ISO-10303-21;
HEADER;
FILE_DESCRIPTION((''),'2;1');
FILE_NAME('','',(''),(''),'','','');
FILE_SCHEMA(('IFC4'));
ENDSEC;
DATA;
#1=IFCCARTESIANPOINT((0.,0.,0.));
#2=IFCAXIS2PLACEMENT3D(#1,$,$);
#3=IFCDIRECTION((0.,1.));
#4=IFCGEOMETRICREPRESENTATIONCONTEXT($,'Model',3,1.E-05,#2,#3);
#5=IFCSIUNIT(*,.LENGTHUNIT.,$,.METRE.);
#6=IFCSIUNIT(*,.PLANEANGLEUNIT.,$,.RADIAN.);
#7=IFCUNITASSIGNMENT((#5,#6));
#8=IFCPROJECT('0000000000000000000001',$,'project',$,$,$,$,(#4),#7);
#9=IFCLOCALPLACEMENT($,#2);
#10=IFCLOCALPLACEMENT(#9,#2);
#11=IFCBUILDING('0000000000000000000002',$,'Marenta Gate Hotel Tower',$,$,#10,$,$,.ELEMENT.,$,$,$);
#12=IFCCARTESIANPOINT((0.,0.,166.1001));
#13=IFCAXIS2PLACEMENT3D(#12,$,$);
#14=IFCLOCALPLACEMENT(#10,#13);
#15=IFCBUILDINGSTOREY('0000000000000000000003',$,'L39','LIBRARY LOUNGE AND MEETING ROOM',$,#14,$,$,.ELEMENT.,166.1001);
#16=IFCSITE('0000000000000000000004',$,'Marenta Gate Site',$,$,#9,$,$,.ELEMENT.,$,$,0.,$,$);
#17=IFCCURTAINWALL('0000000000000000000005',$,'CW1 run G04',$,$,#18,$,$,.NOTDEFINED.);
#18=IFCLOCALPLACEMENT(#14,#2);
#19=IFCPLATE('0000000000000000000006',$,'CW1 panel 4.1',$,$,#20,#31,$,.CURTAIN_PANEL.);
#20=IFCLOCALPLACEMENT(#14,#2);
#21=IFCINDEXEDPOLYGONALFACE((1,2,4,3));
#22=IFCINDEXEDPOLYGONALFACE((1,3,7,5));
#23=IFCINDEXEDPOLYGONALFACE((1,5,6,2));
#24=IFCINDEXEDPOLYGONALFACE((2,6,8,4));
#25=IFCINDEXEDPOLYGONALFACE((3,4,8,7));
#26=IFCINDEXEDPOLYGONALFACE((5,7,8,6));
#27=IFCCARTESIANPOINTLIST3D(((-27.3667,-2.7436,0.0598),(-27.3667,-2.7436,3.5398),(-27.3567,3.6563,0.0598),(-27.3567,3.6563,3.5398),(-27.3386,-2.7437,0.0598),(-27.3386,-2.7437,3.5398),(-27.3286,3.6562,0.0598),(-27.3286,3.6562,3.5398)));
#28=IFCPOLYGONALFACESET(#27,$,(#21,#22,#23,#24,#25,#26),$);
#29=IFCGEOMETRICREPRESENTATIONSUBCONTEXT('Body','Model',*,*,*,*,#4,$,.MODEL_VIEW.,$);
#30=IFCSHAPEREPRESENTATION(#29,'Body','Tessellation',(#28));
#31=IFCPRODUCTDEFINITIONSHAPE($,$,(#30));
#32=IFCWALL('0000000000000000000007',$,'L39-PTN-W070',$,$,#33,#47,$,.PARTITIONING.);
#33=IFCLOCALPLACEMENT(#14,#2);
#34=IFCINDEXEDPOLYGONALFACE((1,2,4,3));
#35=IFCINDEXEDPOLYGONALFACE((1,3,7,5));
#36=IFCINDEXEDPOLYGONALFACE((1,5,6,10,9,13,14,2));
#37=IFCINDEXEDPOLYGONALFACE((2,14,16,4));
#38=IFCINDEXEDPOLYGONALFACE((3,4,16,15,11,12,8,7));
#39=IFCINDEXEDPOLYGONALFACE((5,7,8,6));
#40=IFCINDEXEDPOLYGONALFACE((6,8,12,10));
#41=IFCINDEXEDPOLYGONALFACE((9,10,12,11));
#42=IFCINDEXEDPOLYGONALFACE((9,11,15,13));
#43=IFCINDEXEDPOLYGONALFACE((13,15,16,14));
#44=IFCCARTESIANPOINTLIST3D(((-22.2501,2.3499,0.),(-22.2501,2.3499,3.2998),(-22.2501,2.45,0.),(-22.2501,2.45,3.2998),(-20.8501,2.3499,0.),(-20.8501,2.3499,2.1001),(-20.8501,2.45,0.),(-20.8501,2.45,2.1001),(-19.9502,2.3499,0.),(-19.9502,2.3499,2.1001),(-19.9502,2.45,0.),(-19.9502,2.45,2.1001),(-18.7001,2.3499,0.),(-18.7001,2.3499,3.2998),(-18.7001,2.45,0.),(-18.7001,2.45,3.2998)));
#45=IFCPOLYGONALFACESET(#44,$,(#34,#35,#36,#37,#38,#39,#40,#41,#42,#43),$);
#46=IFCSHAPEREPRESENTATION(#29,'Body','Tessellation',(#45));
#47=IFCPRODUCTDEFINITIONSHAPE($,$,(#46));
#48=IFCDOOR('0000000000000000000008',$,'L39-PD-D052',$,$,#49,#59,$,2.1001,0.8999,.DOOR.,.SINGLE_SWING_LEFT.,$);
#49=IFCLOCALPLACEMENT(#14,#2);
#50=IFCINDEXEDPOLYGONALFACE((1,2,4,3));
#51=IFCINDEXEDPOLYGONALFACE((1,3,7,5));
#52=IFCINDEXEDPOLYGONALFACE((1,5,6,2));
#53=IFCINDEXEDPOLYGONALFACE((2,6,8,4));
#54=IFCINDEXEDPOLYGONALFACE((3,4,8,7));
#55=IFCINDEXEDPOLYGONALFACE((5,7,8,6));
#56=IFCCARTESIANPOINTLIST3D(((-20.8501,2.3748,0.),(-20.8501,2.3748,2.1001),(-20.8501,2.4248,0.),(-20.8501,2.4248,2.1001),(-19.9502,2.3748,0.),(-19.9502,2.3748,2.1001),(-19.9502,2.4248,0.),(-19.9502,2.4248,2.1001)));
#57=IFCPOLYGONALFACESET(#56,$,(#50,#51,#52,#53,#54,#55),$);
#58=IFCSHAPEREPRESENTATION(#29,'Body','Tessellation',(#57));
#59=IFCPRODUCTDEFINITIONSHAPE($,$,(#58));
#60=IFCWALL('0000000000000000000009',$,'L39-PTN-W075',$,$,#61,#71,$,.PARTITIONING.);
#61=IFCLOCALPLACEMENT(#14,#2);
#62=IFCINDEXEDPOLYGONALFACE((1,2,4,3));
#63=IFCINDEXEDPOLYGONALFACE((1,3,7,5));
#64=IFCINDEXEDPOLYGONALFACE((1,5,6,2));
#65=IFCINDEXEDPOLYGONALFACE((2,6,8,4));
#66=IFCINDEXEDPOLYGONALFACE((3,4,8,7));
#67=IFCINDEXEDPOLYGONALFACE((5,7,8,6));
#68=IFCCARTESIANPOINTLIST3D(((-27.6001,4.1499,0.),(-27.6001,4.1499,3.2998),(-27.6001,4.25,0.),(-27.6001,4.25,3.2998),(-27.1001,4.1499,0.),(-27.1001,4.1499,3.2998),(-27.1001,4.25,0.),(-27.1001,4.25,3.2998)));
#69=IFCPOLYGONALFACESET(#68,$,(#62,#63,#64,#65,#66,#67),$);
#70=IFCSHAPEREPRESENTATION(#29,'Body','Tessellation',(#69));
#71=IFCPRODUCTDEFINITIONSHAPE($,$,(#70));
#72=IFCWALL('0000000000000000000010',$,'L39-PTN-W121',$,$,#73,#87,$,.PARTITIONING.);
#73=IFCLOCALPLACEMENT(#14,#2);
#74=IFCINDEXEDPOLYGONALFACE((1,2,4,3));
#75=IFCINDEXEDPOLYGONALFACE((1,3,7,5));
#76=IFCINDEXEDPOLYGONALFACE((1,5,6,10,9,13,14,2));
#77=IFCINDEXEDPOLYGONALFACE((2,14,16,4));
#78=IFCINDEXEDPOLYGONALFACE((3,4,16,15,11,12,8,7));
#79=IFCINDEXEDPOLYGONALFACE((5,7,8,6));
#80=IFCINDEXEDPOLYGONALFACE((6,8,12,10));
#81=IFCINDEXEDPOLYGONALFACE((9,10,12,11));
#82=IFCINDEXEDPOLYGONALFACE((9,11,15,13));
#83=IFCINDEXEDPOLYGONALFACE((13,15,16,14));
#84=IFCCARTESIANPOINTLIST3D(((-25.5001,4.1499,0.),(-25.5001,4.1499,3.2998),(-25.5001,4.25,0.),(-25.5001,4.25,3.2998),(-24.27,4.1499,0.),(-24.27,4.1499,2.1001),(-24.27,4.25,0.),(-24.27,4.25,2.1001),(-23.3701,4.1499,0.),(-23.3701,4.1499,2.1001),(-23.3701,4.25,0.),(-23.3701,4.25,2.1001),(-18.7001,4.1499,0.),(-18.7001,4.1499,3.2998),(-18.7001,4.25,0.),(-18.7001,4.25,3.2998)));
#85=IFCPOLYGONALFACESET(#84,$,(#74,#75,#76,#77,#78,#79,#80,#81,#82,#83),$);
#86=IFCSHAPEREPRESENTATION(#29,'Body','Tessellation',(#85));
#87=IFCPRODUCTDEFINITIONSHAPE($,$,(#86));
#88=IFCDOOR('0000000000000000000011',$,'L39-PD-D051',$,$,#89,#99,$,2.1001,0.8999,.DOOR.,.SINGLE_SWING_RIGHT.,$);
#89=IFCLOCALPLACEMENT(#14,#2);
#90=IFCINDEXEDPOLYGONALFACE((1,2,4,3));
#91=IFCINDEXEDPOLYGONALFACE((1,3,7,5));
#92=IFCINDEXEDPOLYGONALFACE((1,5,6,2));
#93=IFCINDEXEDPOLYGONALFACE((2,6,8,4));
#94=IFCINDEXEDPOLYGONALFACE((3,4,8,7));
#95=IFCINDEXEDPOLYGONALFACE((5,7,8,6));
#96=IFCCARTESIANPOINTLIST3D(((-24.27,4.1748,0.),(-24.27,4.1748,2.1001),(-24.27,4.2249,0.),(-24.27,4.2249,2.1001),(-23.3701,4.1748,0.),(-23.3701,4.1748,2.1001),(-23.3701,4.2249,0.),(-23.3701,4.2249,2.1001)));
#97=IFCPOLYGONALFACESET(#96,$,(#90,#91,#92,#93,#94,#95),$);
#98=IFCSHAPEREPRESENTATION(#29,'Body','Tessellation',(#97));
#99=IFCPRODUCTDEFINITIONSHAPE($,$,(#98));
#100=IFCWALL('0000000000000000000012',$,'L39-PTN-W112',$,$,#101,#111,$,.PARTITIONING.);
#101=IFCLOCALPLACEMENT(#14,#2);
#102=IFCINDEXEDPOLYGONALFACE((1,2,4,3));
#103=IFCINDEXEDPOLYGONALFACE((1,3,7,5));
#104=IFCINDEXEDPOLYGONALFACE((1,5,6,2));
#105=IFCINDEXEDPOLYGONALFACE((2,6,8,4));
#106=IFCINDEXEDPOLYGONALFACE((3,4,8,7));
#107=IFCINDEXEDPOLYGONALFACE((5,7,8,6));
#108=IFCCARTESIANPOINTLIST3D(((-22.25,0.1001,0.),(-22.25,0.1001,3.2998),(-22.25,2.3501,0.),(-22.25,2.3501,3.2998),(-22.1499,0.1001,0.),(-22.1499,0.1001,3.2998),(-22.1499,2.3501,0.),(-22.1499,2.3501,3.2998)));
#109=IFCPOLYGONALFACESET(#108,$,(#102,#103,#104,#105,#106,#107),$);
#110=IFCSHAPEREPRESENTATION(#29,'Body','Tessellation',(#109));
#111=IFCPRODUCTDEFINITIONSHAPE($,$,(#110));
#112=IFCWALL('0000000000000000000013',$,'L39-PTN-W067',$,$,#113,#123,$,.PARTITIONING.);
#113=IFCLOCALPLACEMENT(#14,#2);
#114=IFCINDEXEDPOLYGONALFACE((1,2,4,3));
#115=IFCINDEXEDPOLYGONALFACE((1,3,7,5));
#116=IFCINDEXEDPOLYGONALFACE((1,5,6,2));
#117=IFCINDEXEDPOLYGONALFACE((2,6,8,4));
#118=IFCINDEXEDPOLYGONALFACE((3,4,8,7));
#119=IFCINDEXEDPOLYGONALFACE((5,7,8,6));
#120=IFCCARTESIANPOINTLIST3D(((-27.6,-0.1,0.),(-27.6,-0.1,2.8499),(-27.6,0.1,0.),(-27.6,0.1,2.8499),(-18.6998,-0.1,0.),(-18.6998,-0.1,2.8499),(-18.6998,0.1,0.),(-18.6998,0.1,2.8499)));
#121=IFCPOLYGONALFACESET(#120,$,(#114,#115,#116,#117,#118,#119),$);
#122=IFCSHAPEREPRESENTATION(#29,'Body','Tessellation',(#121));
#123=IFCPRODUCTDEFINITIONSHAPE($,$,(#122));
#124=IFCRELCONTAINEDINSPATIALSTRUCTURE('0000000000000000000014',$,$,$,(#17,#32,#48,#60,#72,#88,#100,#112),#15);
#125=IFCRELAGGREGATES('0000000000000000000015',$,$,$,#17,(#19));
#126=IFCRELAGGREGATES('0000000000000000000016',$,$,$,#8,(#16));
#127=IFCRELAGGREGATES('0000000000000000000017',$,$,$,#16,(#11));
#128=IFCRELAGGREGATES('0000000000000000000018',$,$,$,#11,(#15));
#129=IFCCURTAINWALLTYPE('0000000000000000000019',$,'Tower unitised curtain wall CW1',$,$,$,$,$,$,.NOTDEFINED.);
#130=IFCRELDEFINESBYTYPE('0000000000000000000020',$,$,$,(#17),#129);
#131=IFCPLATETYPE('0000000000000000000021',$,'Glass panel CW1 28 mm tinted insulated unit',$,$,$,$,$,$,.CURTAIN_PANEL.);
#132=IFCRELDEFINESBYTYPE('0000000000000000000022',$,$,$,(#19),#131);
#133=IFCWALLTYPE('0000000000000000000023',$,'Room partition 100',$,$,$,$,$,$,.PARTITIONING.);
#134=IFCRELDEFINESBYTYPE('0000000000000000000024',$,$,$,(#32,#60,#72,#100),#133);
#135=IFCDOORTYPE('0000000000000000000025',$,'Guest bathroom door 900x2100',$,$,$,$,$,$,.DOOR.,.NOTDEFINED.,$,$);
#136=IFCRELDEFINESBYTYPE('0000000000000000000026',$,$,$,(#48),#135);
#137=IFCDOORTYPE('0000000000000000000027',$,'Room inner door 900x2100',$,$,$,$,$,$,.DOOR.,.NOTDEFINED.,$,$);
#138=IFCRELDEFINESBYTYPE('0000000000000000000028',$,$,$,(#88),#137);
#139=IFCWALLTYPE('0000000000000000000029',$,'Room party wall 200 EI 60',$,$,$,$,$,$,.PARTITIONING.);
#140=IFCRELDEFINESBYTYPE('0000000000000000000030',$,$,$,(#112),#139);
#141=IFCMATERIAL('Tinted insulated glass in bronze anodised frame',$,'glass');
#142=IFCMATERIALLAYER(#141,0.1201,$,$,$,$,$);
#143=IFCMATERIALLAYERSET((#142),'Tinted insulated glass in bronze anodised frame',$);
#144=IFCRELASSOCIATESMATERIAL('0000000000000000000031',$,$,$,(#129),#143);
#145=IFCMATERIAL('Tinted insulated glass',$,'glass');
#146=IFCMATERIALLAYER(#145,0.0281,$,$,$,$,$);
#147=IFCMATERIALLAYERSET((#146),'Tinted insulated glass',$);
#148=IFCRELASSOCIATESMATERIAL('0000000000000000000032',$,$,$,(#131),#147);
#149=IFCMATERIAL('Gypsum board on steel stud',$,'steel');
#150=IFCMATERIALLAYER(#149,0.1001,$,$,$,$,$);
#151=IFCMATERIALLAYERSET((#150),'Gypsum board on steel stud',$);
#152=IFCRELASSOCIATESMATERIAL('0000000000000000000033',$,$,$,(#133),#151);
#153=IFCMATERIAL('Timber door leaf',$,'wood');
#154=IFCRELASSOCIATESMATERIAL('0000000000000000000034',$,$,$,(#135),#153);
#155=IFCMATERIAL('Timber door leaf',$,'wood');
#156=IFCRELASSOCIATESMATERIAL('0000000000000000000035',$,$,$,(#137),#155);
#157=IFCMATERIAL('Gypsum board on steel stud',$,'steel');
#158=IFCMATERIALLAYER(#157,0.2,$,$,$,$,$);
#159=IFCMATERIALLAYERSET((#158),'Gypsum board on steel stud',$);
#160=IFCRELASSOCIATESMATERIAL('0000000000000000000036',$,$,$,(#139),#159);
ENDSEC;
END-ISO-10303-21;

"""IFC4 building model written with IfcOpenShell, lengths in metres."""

from ifc_helpers import new_model, si_unit, direction, frame, frame_2d, origin, origin_2d, place, context, subcontext, project, spatial, rectangle, extrude, material, layer, layer_set, type_object, element, fill, aggregate, save


model = new_model("IFC4")

# Units and contexts
model_context = context("Model", 3, precision=1e-05, world=origin(), true_north=direction((0.0, 1.0)))
body_context = subcontext(model_context, "Body", "Model", "MODEL_VIEW")
ifc_project = project(units=[si_unit("LENGTHUNIT", "METRE"), si_unit("PLANEANGLEUNIT", "RADIAN")], contexts=[model_context])

# Site, building, storey
site_placement = place(None, origin())
site = spatial("IfcSite", under=ifc_project, at=site_placement, Name="Marenta Gate Site", CompositionType="ELEMENT", RefElevation=0.0)
building_placement = place(site_placement, origin())
building = spatial("IfcBuilding", under=site, at=building_placement, Name="Marenta Gate Hotel Tower", CompositionType="ELEMENT")
storey_placement = place(building_placement, frame((0.0, 0.0, 166.1001)))
storey = spatial("IfcBuildingStorey", under=building, at=storey_placement, Name="L39", Description="LIBRARY LOUNGE AND MEETING ROOM", CompositionType="ELEMENT", Elevation=166.1001)

# Curtain wall, plate
ifc_material_1 = material(Name="Tinted insulated glass in bronze anodised frame", Category="glass")
ifc_layer_1 = layer(ifc_material_1, 0.1201)
ifc_layer_set_1 = layer_set([ifc_layer_1], Name="Tinted insulated glass in bronze anodised frame")
curtain_wall_type = type_object("IfcCurtainWallType", Name="Tower unitised curtain wall CW1", PredefinedType="NOTDEFINED", material=ifc_layer_set_1)
curtain_wall_placement = place(storey_placement, origin())
curtain_wall = element("IfcCurtainWall", 1, at=curtain_wall_placement, inside=storey, type_object=curtain_wall_type, Name="CW1 run G04", PredefinedType="NOTDEFINED")
ifc_material_2 = material(Name="Tinted insulated glass", Category="glass")
ifc_layer_2 = layer(ifc_material_2, 0.0281)
ifc_layer_set_2 = layer_set([ifc_layer_2], Name="Tinted insulated glass")
plate_type = type_object("IfcPlateType", Name="Glass panel CW1 28 mm tinted insulated unit", PredefinedType="CURTAIN_PANEL", material=ifc_layer_set_2)
plate_placement = place(storey_placement, frame((-27.3477, 0.4563, 0.0598), z_axis=(0.0, 0.0, 1.0), x_axis=(-0.001566, -0.999999, 0.0)))
plate = element("IfcPlate", 2, at=plate_placement, type_object=plate_type, Name="CW1 panel 4.1", PredefinedType="CURTAIN_PANEL", context=body_context, shape_type="SweptSolid", body=[
    extrude(rectangle(XDim=6.3999, YDim=0.0281, at=origin_2d()), origin(), (0.0, 0.0, 1.0), 3.48),
])
aggregate(curtain_wall, [plate])

# Wall, opening, door
ifc_material_3 = material(Name="Gypsum board on steel stud", Category="steel")
ifc_layer_3 = layer(ifc_material_3, 0.1001)
ifc_layer_set_3 = layer_set([ifc_layer_3], Name="Gypsum board on steel stud")
wall_type_1 = type_object("IfcWallType", Name="Room partition 100", PredefinedType="PARTITIONING", material=ifc_layer_set_3)
wall_1_placement = place(storey_placement, frame((-22.25, 2.3999, 0.0), z_axis=(0.0, 0.0, 1.0), x_axis=(1.0, 0.0, 0.0)))
wall_1 = element("IfcWall", 3, at=wall_1_placement, inside=storey, type_object=wall_type_1, Name="L39-PTN-W070", PredefinedType="PARTITIONING", context=body_context, shape_type="SweptSolid", body=[
    extrude(rectangle(XDim=3.55, YDim=0.1001, at=frame_2d((1.7749, 0.0))), origin(), (0.0, 0.0, 1.0), 3.2998),
])
opening_1_placement = place(wall_1_placement, frame((1.3999, 0.0, 0.0)))
opening_1 = element("IfcOpeningElement", 4, at=opening_1_placement, cuts=wall_1, PredefinedType="OPENING", context=body_context, shape_type="SweptSolid", body=[
    extrude(rectangle(XDim=0.8999, YDim=2.1001, at=frame_2d((0.45, 1.05))), frame((0.0, 0.05, 0.0), z_axis=(0.0, -1.0, 0.0), x_axis=(1.0, 0.0, 0.0)), (0.0, 0.0, 1.0), 0.1001),
])
ifc_material_4 = material(Name="Timber door leaf", Category="wood")
door_type_1 = type_object("IfcDoorType", Name="Guest bathroom door 900x2100", OperationType="NOTDEFINED", PredefinedType="DOOR", material=ifc_material_4)
door_1_placement = place(opening_1_placement, origin())
door_1 = element("IfcDoor", 5, at=door_1_placement, inside=storey, type_object=door_type_1, Name="L39-PD-D052", OperationType="SINGLE_SWING_LEFT", OverallHeight=2.1001, OverallWidth=0.8999, PredefinedType="DOOR", context=body_context, shape_type="SweptSolid", body=[
    extrude(rectangle(XDim=0.8999, YDim=2.1001, at=frame_2d((0.45, 1.05))), frame((0.0, 0.0249, 0.0), z_axis=(0.0, -1.0, 0.0), x_axis=(1.0, 0.0, 0.0)), (0.0, 0.0, 1.0), 0.05),
])
fill(opening_1, door_1)

# Wall
wall_2_placement = place(storey_placement, frame((-27.6001, 4.2, 0.0), z_axis=(0.0, 0.0, 1.0), x_axis=(1.0, 0.0, 0.0)))
element("IfcWall", 6, at=wall_2_placement, inside=storey, type_object=wall_type_1, Name="L39-PTN-W075", PredefinedType="PARTITIONING", context=body_context, shape_type="SweptSolid", body=[
    extrude(rectangle(XDim=0.5, YDim=0.1001, at=frame_2d((0.25, 0.0))), origin(), (0.0, 0.0, 1.0), 3.2998),
])

# Wall, opening, door
wall_3_placement = place(storey_placement, frame((-25.5, 4.2, 0.0), z_axis=(0.0, 0.0, 1.0), x_axis=(1.0, 0.0, 0.0)))
wall_3 = element("IfcWall", 7, at=wall_3_placement, inside=storey, type_object=wall_type_1, Name="L39-PTN-W121", PredefinedType="PARTITIONING", context=body_context, shape_type="SweptSolid", body=[
    extrude(rectangle(XDim=6.8, YDim=0.1001, at=frame_2d((3.3999, 0.0))), origin(), (0.0, 0.0, 1.0), 3.2998),
])
opening_2_placement = place(wall_3_placement, frame((1.23, 0.0, 0.0)))
opening_2 = element("IfcOpeningElement", 8, at=opening_2_placement, cuts=wall_3, PredefinedType="OPENING", context=body_context, shape_type="SweptSolid", body=[
    extrude(rectangle(XDim=0.8999, YDim=2.1001, at=frame_2d((0.45, 1.05))), frame((0.0, 0.05, 0.0), z_axis=(0.0, -1.0, 0.0), x_axis=(1.0, 0.0, 0.0)), (0.0, 0.0, 1.0), 0.1001),
])
ifc_material_5 = material(Name="Timber door leaf", Category="wood")
door_type_2 = type_object("IfcDoorType", Name="Room inner door 900x2100", OperationType="NOTDEFINED", PredefinedType="DOOR", material=ifc_material_5)
door_2_placement = place(opening_2_placement, origin())
door_2 = element("IfcDoor", 9, at=door_2_placement, inside=storey, type_object=door_type_2, Name="L39-PD-D051", OperationType="SINGLE_SWING_RIGHT", OverallHeight=2.1001, OverallWidth=0.8999, PredefinedType="DOOR", context=body_context, shape_type="SweptSolid", body=[
    extrude(rectangle(XDim=0.8999, YDim=2.1001, at=frame_2d((0.45, 1.05))), frame((0.0, 0.0249, 0.0), z_axis=(0.0, -1.0, 0.0), x_axis=(1.0, 0.0, 0.0)), (0.0, 0.0, 1.0), 0.05),
])
fill(opening_2, door_2)

# Walls
wall_4_placement = place(storey_placement, frame((-22.2, 0.1001, 0.0), z_axis=(0.0, 0.0, 1.0), x_axis=(0.0, 1.0, 0.0)))
element("IfcWall", 10, at=wall_4_placement, inside=storey, type_object=wall_type_1, Name="L39-PTN-W112", PredefinedType="PARTITIONING", context=body_context, shape_type="SweptSolid", body=[
    extrude(rectangle(XDim=2.25, YDim=0.1001, at=frame_2d((1.125, 0.0))), origin(), (0.0, 0.0, 1.0), 3.2998),
])
ifc_material_6 = material(Name="Gypsum board on steel stud", Category="steel")
ifc_layer_4 = layer(ifc_material_6, 0.2)
ifc_layer_set_4 = layer_set([ifc_layer_4], Name="Gypsum board on steel stud")
wall_type_2 = type_object("IfcWallType", Name="Room party wall 200 EI 60", PredefinedType="PARTITIONING", material=ifc_layer_set_4)
wall_5_placement = place(storey_placement, frame((-27.6001, 0.0, 0.0), z_axis=(0.0, 0.0, 1.0), x_axis=(1.0, 0.0, 0.0)))
element("IfcWall", 11, at=wall_5_placement, inside=storey, type_object=wall_type_2, Name="L39-PTN-W067", PredefinedType="PARTITIONING", context=body_context, shape_type="SweptSolid", body=[
    extrude(rectangle(XDim=8.9001, YDim=0.2, at=frame_2d((4.4502, 0.0))), origin(), (0.0, 0.0, 1.0), 2.8499),
])

save(model, "model.ifc")
